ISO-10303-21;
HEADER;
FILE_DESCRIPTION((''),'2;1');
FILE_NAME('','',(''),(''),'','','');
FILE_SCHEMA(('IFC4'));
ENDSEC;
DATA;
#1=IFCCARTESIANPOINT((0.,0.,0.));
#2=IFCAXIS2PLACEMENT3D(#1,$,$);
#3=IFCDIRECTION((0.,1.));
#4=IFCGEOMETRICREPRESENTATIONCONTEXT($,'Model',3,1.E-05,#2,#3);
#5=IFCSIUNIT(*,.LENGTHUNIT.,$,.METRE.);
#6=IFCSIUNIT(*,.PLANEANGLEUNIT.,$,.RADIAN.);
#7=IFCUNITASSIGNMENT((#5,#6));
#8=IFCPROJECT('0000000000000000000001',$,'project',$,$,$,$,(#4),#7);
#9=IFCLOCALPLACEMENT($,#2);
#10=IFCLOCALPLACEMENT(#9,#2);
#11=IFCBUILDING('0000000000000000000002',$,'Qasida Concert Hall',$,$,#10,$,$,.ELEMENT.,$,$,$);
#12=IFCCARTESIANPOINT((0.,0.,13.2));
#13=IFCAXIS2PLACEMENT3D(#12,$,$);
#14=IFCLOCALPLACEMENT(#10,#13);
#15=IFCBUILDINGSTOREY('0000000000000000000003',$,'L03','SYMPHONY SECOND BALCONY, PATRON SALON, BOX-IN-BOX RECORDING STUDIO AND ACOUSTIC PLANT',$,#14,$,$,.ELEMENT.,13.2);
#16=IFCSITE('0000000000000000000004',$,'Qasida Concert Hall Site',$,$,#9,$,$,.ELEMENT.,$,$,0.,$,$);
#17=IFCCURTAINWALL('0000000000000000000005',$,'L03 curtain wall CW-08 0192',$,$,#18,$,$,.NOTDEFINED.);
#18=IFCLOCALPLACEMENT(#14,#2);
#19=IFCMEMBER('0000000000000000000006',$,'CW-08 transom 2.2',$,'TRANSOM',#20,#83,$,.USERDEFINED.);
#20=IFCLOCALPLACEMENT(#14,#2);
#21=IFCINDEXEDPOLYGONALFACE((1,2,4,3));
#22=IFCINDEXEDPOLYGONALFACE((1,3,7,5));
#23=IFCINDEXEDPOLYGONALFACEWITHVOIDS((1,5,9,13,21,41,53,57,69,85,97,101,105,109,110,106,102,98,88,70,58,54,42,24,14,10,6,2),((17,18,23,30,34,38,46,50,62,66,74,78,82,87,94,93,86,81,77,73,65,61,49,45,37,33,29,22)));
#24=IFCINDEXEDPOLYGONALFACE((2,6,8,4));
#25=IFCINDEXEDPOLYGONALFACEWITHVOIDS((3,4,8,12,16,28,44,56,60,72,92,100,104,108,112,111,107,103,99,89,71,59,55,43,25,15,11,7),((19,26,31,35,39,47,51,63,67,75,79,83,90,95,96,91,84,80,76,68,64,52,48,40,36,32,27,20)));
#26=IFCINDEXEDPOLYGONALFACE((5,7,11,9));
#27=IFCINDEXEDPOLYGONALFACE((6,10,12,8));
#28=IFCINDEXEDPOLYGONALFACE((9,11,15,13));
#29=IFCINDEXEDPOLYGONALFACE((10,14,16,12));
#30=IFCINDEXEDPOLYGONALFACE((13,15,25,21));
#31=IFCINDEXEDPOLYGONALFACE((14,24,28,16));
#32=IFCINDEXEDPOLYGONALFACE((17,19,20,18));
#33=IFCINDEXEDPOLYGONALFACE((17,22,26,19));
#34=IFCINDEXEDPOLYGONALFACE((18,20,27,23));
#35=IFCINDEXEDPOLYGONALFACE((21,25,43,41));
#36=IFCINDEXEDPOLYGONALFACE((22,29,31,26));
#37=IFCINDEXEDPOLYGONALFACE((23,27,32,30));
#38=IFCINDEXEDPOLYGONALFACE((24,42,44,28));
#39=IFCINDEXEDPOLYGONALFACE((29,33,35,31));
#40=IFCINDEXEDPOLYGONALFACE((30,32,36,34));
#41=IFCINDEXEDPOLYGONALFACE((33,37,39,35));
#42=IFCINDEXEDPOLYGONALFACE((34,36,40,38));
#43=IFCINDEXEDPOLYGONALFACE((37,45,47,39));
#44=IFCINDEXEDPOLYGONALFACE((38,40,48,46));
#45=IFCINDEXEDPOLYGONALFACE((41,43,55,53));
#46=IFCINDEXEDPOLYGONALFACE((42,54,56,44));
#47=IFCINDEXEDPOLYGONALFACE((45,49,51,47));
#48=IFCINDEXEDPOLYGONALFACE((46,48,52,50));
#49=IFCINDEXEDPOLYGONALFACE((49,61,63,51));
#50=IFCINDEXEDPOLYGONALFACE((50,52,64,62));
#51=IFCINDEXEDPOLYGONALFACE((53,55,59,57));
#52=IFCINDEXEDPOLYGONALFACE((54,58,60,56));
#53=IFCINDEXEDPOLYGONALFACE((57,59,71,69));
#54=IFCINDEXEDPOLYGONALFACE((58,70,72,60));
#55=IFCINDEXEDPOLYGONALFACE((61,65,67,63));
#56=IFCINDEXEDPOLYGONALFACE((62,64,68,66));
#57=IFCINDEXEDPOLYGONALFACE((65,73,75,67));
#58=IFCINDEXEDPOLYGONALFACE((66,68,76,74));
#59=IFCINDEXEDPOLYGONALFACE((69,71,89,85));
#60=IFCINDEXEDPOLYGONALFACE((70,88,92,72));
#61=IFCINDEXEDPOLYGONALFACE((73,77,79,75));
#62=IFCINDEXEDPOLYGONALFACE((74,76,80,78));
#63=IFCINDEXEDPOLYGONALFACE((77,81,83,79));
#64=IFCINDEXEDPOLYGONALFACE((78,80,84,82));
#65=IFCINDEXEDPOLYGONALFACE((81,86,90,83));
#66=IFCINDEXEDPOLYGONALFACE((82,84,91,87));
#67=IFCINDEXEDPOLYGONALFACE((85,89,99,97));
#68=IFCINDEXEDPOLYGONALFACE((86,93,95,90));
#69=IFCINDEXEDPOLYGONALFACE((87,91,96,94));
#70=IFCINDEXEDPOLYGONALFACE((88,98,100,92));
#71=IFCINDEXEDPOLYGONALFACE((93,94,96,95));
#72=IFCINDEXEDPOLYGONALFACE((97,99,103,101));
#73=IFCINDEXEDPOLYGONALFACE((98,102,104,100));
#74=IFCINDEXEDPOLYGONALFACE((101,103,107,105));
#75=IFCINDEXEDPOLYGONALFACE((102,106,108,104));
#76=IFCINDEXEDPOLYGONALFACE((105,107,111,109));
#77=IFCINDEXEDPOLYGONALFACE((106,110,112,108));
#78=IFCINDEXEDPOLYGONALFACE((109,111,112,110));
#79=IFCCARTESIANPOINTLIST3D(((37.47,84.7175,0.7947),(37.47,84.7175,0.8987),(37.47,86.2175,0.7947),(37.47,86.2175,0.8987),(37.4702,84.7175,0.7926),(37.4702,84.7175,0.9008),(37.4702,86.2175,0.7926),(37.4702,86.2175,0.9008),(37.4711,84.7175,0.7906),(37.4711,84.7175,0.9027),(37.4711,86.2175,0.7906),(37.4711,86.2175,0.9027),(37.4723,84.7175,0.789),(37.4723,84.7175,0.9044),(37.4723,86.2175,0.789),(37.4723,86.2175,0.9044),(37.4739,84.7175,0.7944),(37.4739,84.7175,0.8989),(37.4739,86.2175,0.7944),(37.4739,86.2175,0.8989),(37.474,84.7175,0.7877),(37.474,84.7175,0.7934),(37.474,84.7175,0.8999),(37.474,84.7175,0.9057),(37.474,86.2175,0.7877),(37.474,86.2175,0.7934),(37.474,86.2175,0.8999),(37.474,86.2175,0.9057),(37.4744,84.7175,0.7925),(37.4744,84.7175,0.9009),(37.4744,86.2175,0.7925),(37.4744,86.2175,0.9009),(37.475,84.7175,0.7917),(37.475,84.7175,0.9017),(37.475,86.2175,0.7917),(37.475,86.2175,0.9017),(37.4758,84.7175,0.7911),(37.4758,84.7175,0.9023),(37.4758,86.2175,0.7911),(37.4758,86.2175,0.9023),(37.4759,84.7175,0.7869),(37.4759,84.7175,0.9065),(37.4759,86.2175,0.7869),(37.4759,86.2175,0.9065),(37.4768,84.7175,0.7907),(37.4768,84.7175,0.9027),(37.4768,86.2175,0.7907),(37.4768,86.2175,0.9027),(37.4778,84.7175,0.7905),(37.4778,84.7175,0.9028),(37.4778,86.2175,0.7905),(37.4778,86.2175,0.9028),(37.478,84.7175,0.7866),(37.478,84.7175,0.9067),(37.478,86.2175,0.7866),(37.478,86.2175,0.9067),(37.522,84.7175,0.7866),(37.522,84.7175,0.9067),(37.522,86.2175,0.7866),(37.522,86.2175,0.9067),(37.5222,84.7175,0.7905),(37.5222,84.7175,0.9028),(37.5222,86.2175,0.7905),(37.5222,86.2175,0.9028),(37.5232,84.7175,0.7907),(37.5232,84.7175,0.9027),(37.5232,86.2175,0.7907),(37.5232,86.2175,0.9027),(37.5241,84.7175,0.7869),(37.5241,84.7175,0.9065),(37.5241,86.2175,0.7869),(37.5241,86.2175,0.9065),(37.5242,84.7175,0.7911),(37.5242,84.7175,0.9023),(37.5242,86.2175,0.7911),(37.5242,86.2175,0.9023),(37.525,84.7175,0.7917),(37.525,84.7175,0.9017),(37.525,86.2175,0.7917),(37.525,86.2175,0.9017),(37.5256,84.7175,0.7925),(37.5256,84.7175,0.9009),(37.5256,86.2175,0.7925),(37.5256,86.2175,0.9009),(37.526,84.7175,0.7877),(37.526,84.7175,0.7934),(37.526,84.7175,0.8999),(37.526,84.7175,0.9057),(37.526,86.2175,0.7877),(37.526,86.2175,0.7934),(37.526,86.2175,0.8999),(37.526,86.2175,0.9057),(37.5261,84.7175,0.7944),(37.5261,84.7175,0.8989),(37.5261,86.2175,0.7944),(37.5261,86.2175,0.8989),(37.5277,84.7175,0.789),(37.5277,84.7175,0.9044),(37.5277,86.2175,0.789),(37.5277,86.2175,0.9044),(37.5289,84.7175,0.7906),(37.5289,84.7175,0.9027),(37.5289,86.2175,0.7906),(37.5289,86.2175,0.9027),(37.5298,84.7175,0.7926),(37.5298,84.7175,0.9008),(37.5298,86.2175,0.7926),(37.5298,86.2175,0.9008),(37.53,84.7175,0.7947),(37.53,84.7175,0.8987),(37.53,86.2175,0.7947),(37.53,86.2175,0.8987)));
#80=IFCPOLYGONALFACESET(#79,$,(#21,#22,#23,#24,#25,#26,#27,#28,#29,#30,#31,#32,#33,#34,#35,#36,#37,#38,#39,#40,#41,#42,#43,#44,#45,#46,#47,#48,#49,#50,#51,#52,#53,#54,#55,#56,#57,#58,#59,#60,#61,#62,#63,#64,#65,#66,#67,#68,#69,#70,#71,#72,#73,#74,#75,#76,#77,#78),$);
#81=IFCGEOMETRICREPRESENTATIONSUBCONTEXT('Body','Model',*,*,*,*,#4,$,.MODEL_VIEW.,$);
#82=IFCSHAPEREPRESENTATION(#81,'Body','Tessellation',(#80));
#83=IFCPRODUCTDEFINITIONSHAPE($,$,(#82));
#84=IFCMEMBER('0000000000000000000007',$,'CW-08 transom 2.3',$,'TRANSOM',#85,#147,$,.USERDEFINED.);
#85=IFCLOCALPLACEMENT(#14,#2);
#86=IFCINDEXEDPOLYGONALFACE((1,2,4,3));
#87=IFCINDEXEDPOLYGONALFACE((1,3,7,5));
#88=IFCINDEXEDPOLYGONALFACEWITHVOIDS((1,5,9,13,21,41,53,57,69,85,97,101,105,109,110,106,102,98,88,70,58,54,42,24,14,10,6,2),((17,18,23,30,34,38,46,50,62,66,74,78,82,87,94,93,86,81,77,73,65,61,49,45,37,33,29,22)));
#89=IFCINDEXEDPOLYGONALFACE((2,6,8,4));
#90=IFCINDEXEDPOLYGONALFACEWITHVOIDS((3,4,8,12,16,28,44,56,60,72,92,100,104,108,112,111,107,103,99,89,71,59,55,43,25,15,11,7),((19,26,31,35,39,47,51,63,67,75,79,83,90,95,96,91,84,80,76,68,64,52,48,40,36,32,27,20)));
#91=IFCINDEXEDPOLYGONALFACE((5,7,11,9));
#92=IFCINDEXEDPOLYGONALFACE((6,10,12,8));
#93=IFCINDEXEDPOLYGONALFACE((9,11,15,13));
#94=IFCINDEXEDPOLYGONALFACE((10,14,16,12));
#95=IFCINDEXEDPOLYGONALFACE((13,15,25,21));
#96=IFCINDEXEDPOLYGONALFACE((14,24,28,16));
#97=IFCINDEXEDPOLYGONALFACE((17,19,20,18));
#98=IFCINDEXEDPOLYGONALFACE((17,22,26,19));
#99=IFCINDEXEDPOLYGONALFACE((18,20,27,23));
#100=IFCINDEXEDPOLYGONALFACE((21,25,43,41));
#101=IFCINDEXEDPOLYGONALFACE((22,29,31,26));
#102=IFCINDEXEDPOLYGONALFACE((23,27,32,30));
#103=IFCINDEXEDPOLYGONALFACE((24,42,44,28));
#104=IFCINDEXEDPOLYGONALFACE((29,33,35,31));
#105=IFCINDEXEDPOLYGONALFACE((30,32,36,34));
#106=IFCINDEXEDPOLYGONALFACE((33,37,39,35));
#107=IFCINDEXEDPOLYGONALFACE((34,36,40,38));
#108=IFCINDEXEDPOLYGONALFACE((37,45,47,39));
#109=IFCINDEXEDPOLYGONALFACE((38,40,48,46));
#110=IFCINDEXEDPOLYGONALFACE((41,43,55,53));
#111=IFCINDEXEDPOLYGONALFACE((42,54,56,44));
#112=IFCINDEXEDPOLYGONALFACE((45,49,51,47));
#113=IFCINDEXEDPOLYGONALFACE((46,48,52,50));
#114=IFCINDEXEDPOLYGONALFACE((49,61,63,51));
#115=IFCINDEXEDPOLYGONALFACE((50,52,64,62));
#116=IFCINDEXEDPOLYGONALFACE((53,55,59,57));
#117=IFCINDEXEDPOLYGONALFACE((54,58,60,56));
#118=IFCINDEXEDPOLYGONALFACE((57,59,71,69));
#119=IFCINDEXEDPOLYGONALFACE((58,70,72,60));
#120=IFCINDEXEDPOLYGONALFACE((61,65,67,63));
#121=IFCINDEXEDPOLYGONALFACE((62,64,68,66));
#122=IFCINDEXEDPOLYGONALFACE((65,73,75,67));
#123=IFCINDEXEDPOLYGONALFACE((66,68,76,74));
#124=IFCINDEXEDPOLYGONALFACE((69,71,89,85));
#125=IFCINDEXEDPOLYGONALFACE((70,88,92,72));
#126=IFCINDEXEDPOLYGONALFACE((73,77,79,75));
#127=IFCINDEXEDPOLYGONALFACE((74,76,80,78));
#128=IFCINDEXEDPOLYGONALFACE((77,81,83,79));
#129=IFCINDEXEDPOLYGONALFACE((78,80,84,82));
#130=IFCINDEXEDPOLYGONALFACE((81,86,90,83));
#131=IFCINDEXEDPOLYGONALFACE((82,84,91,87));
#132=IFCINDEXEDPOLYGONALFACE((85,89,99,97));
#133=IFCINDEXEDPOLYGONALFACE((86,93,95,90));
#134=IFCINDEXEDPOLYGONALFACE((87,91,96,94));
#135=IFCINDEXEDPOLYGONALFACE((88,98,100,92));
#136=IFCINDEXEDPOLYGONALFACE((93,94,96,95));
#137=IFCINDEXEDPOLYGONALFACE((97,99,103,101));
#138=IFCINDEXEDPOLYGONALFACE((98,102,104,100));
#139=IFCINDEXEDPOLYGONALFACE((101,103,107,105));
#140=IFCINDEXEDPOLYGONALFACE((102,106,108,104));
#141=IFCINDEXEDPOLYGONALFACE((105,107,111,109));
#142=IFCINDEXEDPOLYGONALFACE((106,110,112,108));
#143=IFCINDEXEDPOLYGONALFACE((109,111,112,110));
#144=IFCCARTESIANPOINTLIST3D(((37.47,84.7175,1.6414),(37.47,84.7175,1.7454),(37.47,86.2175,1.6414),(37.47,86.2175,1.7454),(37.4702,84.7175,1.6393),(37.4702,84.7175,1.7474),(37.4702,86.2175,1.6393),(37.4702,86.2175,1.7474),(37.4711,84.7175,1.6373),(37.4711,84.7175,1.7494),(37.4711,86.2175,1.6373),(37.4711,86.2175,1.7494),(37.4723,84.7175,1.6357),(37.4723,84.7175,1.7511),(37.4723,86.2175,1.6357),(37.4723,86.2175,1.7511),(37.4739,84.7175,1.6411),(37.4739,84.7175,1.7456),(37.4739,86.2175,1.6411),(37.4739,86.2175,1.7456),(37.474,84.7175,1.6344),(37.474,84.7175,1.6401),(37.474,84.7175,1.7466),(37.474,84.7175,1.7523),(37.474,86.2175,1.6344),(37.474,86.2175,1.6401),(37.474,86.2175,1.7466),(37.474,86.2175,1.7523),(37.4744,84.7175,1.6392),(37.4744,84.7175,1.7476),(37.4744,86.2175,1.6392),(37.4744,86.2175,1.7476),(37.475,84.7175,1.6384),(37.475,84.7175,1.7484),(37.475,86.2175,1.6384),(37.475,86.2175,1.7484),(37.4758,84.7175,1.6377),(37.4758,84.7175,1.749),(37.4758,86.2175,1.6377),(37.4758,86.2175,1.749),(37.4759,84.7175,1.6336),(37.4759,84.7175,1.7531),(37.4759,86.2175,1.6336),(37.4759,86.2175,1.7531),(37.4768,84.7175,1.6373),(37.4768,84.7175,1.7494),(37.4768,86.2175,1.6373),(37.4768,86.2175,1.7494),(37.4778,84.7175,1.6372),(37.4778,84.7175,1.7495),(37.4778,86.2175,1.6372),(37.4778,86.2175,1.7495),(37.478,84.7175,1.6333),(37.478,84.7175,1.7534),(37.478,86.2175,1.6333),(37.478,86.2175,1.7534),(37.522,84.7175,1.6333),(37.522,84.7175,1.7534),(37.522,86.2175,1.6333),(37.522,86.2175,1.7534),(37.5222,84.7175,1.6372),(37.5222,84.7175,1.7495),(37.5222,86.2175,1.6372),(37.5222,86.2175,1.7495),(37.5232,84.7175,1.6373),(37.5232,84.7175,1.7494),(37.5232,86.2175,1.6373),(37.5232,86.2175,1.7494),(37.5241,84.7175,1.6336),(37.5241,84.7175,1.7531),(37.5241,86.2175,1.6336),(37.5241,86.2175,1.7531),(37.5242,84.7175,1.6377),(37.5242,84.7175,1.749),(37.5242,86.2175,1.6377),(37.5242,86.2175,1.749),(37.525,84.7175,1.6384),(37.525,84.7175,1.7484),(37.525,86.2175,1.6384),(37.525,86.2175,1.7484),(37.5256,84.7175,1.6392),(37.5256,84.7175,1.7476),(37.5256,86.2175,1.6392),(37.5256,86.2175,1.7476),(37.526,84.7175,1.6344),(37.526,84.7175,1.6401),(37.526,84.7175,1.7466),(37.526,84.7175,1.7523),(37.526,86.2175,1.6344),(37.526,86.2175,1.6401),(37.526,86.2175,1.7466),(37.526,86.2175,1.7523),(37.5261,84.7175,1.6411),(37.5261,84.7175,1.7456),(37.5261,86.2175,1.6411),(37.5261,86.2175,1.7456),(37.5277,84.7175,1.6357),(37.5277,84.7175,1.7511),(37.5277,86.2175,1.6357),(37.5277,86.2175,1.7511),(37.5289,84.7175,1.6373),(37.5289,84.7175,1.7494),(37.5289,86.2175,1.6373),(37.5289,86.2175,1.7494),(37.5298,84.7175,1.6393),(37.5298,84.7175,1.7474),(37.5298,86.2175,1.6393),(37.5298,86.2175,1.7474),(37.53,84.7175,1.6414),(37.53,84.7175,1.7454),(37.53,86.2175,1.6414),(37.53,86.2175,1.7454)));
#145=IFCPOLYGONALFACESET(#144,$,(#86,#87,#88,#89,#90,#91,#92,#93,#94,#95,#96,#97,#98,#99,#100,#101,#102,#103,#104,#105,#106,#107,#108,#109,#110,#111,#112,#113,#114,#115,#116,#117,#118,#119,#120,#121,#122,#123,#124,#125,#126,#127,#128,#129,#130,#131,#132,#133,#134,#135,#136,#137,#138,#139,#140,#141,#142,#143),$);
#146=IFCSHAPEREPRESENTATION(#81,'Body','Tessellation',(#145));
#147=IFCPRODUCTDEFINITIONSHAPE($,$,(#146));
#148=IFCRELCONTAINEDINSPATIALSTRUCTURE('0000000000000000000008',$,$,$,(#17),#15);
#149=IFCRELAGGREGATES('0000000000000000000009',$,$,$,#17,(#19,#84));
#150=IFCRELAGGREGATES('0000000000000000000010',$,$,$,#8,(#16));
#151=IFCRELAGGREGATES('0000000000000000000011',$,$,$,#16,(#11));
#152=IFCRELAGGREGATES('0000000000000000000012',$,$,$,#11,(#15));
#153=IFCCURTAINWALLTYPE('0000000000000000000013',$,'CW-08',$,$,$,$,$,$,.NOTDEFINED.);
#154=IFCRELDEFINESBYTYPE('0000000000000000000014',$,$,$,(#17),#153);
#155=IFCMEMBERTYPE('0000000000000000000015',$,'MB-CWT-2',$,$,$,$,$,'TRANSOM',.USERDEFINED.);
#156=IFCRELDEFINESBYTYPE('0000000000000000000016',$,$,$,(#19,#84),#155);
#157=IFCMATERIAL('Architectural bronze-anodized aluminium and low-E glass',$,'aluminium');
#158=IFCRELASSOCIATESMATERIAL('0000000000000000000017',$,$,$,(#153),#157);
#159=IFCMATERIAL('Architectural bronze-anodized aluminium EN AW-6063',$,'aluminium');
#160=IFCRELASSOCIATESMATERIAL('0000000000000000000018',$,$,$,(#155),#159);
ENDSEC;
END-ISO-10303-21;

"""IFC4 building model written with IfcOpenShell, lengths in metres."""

from ifc_helpers import new_model, si_unit, direction, frame, origin, origin_2d, place, context, subcontext, project, spatial, hollow_rectangle, extrude, material, material_profile, profile_set, type_object, element, aggregate, save


model = new_model("IFC4")

# Units and contexts
model_context = context("Model", 3, precision=1e-05, world=origin(), true_north=direction((0.0, 1.0)))
body_context = subcontext(model_context, "Body", "Model", "MODEL_VIEW")
ifc_project = project(units=[si_unit("LENGTHUNIT", "METRE"), si_unit("PLANEANGLEUNIT", "RADIAN")], contexts=[model_context])

# Site, building, storey
site_placement = place(None, origin())
site = spatial("IfcSite", under=ifc_project, at=site_placement, Name="Qasida Concert Hall Site", CompositionType="ELEMENT", RefElevation=0.0)
building_placement = place(site_placement, origin())
building = spatial("IfcBuilding", under=site, at=building_placement, Name="Qasida Concert Hall", CompositionType="ELEMENT")
storey_placement = place(building_placement, frame((0.0, 0.0, 13.2)))
storey = spatial("IfcBuildingStorey", under=building, at=storey_placement, Name="L03", Description="SYMPHONY SECOND BALCONY, PATRON SALON, BOX-IN-BOX RECORDING STUDIO AND ACOUSTIC PLANT", CompositionType="ELEMENT", Elevation=13.2)

# Curtain wall, members
ifc_material_1 = material(Name="Architectural bronze-anodized aluminium and low-E glass", Category="aluminium")
curtain_wall_type = type_object("IfcCurtainWallType", Name="CW-08", PredefinedType="NOTDEFINED", material=ifc_material_1)
curtain_wall_placement = place(storey_placement, origin())
curtain_wall = element("IfcCurtainWall", 1, at=curtain_wall_placement, inside=storey, type_object=curtain_wall_type, Name="L03 curtain wall CW-08 0192", PredefinedType="NOTDEFINED")
ifc_material_2 = material(Name="Architectural bronze-anodized aluminium EN AW-6063", Category="aluminium")
ifc_material_profile_1 = material_profile(ifc_material_2, hollow_rectangle(XDim=0.0601, YDim=0.1201, WallThickness=0.0039, InnerFilletRadius=0.0039, OuterFilletRadius=0.0081, at=origin_2d()), Name="CWT 120x60x4")
ifc_profile_set_1 = profile_set([ifc_material_profile_1], Name="Architectural bronze-anodized aluminium EN AW-6063")
member_type_1 = type_object("IfcMemberType", Name="MB-CWT-2", ElementType="TRANSOM", PredefinedType="USERDEFINED", material=ifc_profile_set_1)
member_1_placement = place(storey_placement, frame((37.5, 84.7175, 0.8467), z_axis=(0.0, 1.0, 0.0), x_axis=(-1.0, 0.0, 0.0)))
member_1 = element("IfcMember", 2, at=member_1_placement, type_object=member_type_1, Name="CW-08 transom 2.2", ObjectType="TRANSOM", PredefinedType="USERDEFINED", context=body_context, shape_type="SweptSolid", body=[
    extrude(hollow_rectangle(XDim=0.0601, YDim=0.1201, WallThickness=0.0039, InnerFilletRadius=0.0039, OuterFilletRadius=0.0081, at=origin_2d()), origin(), (0.0, 0.0, 1.0), 1.5),
])
member_2_placement = place(storey_placement, frame((37.5, 84.7175, 1.6934), z_axis=(0.0, 1.0, 0.0), x_axis=(-1.0, 0.0, 0.0)))
member_2 = element("IfcMember", 3, at=member_2_placement, type_object=member_type_1, Name="CW-08 transom 2.3", ObjectType="TRANSOM", PredefinedType="USERDEFINED", context=body_context, shape_type="SweptSolid", body=[
    extrude(hollow_rectangle(XDim=0.0601, YDim=0.1201, WallThickness=0.0039, InnerFilletRadius=0.0039, OuterFilletRadius=0.0081, at=origin_2d()), origin(), (0.0, 0.0, 1.0), 1.5),
])
aggregate(curtain_wall, [member_1, member_2])

save(model, "model.ifc")
